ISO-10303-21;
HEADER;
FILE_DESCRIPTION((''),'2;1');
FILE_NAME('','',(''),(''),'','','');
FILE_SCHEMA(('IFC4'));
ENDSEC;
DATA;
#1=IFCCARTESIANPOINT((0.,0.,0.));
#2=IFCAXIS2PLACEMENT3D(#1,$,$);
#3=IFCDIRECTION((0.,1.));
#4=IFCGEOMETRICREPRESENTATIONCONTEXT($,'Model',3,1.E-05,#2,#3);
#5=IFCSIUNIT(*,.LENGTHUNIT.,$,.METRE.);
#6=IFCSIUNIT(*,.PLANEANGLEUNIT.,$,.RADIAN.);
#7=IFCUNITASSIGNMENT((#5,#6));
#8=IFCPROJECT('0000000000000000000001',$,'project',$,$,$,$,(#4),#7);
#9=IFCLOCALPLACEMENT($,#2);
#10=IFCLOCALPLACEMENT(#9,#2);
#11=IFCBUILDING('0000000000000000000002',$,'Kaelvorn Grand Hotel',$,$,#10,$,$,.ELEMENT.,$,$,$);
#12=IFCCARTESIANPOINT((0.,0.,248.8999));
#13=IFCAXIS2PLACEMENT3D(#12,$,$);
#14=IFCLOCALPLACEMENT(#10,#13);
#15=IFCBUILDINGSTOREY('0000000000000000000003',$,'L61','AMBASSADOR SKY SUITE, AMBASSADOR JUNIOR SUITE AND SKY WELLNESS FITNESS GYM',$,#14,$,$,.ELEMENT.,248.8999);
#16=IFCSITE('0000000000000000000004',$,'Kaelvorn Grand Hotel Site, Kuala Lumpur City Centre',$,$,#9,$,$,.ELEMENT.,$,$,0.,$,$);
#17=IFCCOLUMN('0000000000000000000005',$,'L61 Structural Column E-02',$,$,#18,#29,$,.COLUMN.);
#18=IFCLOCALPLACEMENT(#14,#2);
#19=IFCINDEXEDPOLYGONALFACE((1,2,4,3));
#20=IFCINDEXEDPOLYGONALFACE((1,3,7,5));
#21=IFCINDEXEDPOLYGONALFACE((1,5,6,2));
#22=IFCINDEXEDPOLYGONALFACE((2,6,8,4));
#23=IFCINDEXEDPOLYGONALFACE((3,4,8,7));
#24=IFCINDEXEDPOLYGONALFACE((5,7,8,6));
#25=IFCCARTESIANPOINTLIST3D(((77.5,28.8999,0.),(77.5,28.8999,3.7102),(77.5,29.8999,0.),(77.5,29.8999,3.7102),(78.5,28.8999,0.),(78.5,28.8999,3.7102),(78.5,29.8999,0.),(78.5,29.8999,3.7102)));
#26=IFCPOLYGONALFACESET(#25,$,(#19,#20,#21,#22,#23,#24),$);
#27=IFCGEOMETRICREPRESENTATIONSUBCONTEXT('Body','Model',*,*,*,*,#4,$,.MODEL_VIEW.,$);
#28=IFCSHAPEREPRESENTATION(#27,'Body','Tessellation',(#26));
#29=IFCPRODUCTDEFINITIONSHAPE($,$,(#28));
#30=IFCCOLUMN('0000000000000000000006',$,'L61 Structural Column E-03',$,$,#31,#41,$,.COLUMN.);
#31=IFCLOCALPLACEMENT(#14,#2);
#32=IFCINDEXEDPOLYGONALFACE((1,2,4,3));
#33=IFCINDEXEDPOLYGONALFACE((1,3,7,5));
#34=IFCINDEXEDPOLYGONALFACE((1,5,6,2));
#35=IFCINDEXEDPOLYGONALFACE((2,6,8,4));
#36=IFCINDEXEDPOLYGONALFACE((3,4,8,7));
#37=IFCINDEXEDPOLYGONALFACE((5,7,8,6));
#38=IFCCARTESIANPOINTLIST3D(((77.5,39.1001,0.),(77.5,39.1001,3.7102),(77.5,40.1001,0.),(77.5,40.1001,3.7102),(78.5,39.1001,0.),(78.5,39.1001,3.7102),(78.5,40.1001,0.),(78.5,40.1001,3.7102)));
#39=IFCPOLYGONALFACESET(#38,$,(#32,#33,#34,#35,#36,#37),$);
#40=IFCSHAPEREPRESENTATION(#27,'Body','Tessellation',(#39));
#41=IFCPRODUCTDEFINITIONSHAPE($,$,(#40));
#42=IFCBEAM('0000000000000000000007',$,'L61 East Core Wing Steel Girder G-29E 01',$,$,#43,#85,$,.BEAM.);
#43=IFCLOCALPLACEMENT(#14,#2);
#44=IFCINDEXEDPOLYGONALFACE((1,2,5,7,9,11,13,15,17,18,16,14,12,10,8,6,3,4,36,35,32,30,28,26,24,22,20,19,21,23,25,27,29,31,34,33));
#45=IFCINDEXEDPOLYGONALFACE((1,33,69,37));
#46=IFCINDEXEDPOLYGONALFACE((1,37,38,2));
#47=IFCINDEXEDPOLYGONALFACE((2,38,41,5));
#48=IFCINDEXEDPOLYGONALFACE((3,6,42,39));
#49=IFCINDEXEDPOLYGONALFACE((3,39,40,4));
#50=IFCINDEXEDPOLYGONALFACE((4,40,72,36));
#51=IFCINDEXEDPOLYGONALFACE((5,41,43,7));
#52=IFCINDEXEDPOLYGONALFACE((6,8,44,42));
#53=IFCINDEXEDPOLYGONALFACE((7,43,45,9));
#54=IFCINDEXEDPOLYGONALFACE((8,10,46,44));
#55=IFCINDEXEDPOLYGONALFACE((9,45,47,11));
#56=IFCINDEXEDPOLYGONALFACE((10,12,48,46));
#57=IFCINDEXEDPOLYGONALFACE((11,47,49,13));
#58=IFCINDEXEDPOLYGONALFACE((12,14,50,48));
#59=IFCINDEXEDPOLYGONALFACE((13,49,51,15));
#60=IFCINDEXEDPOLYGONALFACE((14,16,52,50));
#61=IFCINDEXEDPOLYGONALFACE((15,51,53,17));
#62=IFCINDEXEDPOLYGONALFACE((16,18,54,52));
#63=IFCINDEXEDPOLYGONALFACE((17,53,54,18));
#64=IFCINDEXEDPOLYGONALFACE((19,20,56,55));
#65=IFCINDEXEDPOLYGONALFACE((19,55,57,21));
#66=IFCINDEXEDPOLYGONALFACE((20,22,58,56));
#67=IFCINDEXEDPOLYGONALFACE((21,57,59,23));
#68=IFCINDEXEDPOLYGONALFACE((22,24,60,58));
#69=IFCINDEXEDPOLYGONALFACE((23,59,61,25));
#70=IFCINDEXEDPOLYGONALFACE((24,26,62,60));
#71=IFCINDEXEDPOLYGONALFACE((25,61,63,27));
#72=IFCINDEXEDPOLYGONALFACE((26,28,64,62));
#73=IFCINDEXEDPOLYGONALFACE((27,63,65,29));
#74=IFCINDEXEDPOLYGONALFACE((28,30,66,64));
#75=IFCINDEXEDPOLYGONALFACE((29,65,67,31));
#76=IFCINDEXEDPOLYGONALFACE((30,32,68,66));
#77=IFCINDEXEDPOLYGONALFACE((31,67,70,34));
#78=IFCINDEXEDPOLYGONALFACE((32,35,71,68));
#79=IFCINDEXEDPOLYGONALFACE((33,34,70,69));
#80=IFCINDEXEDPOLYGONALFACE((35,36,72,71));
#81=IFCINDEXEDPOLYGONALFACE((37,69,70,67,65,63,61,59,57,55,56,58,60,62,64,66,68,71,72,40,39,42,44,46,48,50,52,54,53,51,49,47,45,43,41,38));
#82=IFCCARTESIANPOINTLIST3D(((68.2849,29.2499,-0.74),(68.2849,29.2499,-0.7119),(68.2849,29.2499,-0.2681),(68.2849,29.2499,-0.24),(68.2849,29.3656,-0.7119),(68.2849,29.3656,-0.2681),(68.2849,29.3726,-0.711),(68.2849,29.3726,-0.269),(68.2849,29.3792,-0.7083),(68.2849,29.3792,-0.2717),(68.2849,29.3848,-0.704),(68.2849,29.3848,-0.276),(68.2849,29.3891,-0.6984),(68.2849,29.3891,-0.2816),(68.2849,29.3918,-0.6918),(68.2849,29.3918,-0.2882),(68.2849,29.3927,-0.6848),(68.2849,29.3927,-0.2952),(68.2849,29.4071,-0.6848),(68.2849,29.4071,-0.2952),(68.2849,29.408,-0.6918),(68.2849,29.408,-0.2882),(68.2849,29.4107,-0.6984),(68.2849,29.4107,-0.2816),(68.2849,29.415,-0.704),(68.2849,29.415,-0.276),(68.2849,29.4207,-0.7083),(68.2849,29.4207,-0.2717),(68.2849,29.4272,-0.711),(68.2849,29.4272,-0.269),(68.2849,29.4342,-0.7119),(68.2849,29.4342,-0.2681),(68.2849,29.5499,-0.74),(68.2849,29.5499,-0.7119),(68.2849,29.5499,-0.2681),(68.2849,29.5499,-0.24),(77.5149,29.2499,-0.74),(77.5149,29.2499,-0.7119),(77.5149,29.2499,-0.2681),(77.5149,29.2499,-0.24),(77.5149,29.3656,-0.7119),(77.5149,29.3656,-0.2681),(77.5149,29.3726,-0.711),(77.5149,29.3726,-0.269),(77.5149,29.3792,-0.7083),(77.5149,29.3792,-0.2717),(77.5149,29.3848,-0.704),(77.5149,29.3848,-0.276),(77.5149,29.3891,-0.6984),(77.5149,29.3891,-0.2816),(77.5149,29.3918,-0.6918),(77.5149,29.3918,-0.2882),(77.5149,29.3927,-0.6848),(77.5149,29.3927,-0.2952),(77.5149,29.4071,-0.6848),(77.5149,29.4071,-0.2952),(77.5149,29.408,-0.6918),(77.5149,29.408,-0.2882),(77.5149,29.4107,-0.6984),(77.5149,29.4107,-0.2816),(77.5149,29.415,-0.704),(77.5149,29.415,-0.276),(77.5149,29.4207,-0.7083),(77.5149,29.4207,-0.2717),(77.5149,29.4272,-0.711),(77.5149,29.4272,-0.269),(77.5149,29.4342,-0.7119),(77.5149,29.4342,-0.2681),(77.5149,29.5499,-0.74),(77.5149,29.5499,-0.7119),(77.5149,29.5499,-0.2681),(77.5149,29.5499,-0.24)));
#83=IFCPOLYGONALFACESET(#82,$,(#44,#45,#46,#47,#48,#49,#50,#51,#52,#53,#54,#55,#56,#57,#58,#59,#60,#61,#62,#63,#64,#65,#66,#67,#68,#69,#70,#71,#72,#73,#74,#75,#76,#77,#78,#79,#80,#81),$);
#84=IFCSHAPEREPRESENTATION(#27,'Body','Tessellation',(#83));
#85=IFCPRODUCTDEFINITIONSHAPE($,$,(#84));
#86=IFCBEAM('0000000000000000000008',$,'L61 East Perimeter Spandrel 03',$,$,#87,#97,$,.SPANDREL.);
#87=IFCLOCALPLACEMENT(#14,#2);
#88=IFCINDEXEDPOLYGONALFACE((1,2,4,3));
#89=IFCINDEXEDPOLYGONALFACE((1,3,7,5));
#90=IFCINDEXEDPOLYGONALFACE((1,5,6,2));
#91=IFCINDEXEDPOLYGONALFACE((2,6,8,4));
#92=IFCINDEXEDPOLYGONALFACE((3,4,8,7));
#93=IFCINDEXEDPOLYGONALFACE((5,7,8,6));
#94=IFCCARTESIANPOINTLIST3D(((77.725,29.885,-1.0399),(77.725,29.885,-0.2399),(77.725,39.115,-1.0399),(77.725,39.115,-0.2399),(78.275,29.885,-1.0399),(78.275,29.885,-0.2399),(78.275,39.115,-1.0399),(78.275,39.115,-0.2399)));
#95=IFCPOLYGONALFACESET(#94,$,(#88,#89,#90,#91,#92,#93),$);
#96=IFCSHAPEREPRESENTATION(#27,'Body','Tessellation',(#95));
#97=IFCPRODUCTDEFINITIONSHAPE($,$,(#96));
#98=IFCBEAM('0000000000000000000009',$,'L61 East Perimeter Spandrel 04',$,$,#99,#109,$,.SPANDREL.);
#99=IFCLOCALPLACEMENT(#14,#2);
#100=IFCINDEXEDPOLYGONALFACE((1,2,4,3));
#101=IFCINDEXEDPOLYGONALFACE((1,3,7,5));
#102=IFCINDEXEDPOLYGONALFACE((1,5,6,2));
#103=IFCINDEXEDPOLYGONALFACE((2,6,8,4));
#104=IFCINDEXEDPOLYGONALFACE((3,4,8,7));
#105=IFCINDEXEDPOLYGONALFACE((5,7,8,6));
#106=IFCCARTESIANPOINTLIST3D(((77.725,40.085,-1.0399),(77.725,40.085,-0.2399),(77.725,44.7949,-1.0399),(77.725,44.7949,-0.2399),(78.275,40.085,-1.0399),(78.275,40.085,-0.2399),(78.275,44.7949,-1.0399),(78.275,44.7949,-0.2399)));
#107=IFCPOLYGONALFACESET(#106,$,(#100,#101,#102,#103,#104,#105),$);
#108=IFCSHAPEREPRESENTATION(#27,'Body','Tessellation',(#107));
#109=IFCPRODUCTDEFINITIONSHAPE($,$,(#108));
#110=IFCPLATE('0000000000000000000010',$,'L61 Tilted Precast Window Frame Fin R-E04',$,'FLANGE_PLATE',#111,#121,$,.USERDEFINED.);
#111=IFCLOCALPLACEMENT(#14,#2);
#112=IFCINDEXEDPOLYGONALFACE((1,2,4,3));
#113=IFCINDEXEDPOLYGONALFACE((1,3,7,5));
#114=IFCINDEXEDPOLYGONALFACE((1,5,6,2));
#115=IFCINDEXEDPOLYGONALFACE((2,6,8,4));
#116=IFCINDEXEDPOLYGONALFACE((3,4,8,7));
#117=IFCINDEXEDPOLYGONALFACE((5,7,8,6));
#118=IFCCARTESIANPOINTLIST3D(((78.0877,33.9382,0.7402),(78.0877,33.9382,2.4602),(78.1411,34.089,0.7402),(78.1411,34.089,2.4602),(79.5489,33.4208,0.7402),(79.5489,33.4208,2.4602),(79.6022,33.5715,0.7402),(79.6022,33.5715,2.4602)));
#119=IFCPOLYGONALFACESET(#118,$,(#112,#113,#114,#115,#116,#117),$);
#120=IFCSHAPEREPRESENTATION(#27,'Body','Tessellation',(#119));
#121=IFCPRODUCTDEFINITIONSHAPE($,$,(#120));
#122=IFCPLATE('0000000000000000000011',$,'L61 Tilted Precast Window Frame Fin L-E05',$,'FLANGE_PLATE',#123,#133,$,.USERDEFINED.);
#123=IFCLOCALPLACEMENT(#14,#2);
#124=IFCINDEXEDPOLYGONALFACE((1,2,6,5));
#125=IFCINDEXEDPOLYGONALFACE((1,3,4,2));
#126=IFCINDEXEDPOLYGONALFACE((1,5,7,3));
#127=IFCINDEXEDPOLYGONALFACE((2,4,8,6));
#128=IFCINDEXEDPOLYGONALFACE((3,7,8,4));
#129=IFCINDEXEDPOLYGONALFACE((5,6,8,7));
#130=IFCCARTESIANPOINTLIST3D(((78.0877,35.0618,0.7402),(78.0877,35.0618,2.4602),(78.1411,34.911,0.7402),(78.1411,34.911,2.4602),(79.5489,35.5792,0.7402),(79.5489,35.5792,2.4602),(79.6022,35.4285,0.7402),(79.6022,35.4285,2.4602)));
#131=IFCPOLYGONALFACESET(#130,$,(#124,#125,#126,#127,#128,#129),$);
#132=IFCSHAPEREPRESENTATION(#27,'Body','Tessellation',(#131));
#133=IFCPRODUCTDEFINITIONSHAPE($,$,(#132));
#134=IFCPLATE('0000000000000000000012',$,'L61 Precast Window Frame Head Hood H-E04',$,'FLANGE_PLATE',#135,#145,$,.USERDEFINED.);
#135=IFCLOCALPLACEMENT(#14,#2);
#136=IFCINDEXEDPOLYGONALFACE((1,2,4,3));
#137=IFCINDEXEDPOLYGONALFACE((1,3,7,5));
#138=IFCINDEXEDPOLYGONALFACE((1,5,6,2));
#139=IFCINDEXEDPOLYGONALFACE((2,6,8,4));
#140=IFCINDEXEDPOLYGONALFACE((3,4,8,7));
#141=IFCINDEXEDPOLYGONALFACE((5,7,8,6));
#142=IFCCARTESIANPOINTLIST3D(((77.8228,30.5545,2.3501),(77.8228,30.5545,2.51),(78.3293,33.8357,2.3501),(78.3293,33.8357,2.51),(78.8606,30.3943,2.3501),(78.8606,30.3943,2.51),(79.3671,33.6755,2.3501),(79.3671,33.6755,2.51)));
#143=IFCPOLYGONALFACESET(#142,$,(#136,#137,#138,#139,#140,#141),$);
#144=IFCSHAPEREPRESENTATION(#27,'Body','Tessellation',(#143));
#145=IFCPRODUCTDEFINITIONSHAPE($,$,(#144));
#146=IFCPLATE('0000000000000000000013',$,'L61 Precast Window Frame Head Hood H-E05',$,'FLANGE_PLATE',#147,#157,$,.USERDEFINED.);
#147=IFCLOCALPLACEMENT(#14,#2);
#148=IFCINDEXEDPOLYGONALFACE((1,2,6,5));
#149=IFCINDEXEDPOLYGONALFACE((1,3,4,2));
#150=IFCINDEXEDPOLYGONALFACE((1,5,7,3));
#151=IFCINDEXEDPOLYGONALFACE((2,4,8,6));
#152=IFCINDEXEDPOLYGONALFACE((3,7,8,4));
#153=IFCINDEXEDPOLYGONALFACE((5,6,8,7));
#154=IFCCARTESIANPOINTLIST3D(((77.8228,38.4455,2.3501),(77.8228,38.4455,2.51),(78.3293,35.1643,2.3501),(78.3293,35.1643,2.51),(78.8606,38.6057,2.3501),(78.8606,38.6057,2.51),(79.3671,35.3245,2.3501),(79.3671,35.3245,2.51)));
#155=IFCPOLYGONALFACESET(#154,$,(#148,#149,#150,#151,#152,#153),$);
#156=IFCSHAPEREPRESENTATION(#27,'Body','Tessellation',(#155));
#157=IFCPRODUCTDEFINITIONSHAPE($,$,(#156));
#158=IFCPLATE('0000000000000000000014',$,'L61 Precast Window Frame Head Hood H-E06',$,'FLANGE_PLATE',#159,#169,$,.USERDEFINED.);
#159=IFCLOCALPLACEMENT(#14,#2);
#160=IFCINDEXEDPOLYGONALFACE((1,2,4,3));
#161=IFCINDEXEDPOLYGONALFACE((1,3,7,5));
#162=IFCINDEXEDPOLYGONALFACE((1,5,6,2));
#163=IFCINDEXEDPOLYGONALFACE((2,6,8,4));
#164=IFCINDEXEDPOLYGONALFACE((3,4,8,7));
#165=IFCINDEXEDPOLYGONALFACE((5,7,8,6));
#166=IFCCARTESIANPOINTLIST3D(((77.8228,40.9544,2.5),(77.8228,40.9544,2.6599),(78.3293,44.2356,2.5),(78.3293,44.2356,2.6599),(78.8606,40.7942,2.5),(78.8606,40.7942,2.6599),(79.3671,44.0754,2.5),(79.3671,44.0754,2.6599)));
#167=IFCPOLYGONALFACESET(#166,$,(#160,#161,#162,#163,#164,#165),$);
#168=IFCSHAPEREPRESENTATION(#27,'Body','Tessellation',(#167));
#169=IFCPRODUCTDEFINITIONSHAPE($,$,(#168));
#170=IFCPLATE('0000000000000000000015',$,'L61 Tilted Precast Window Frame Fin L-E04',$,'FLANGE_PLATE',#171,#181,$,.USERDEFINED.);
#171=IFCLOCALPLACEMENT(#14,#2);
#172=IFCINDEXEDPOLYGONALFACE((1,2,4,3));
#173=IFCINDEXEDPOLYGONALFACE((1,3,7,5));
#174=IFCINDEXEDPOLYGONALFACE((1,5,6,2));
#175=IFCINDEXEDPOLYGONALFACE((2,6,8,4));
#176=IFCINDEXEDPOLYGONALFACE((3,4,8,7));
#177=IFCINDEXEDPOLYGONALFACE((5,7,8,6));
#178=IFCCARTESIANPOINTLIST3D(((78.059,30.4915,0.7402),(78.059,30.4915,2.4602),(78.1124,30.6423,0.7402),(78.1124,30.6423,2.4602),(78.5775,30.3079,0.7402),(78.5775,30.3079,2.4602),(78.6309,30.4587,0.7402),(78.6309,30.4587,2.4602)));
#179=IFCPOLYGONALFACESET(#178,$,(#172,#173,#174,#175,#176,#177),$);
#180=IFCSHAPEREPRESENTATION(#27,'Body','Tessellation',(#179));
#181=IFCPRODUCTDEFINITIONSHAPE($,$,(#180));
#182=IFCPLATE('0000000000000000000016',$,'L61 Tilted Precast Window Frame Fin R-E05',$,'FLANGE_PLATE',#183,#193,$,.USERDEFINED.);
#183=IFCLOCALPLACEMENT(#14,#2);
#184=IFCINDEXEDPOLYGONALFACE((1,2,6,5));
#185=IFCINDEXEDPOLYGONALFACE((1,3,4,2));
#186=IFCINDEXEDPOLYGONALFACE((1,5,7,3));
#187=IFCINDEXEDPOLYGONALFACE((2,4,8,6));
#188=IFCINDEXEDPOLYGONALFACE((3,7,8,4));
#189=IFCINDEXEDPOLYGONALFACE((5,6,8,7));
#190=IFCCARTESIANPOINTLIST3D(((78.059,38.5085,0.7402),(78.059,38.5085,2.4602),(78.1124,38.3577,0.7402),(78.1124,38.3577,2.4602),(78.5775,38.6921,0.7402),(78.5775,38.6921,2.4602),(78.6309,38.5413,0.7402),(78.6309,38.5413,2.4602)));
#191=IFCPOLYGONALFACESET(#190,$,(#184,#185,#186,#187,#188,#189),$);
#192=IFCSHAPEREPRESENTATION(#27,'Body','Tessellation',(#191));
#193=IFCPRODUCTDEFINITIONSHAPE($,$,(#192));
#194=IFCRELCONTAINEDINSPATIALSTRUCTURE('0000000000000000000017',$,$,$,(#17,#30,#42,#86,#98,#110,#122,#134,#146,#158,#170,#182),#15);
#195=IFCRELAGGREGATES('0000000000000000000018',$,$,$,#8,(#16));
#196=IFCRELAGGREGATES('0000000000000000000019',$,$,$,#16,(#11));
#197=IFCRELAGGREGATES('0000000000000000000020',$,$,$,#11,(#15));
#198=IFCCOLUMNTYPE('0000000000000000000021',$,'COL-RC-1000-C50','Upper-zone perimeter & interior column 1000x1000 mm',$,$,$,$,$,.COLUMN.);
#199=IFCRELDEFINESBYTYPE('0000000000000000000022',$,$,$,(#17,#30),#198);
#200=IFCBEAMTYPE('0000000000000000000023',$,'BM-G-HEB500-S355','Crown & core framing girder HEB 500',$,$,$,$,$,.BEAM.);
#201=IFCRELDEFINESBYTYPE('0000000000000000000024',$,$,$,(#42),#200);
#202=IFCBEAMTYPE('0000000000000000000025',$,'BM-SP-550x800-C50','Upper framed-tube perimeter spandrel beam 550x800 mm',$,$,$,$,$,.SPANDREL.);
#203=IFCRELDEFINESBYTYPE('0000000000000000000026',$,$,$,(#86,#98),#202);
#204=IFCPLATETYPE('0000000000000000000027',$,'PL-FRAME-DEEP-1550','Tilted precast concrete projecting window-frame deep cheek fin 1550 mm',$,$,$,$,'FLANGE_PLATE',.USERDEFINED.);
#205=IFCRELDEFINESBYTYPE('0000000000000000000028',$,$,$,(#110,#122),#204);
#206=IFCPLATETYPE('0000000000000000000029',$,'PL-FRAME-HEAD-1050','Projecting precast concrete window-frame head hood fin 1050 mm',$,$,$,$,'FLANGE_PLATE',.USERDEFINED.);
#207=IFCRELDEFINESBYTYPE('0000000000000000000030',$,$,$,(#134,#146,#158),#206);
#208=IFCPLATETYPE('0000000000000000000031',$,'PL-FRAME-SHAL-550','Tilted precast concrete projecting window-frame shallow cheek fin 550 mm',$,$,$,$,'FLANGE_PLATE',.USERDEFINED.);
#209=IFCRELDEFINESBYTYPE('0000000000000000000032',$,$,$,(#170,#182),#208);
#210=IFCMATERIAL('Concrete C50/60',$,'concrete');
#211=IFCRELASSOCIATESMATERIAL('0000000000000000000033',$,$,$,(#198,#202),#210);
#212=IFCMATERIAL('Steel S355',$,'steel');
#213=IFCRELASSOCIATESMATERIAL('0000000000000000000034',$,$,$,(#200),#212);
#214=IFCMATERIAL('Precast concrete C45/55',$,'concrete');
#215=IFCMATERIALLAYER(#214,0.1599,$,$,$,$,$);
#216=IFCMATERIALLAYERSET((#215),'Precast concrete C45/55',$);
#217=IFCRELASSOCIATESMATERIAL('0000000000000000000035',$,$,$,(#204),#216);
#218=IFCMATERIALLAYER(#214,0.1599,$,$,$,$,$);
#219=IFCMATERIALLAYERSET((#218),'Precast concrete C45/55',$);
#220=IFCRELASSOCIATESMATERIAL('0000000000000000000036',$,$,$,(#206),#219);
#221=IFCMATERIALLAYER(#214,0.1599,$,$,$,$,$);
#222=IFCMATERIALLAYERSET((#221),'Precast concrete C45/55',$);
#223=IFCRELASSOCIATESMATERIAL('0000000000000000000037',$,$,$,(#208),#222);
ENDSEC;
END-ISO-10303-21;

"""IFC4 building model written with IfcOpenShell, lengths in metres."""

from ifc_helpers import new_model, si_unit, direction, frame, origin, origin_2d, place, context, subcontext, project, spatial, rectangle, i_section, extrude, material, layer, layer_set, material_profile, profile_set, type_object, element, save


model = new_model("IFC4")

# Units and contexts
model_context = context("Model", 3, precision=1e-05, world=origin(), true_north=direction((0.0, 1.0)))
body_context = subcontext(model_context, "Body", "Model", "MODEL_VIEW")
ifc_project = project(units=[si_unit("LENGTHUNIT", "METRE"), si_unit("PLANEANGLEUNIT", "RADIAN")], contexts=[model_context])

# Site, building, storey
site_placement = place(None, origin())
site = spatial("IfcSite", under=ifc_project, at=site_placement, Name="Kaelvorn Grand Hotel Site, Kuala Lumpur City Centre", CompositionType="ELEMENT", RefElevation=0.0)
building_placement = place(site_placement, origin())
building = spatial("IfcBuilding", under=site, at=building_placement, Name="Kaelvorn Grand Hotel", CompositionType="ELEMENT")
storey_placement = place(building_placement, frame((0.0, 0.0, 248.8999)))
storey = spatial("IfcBuildingStorey", under=building, at=storey_placement, Name="L61", Description="AMBASSADOR SKY SUITE, AMBASSADOR JUNIOR SUITE AND SKY WELLNESS FITNESS GYM", CompositionType="ELEMENT", Elevation=248.8999)

# Columns
ifc_material_1 = material(Name="Concrete C50/60", Category="concrete")
ifc_material_profile_1 = material_profile(ifc_material_1, rectangle(XDim=1.0, YDim=1.0, at=origin_2d()), Name="RC COL 1000x1000")
ifc_profile_set_1 = profile_set([ifc_material_profile_1], Name="Concrete C50/60")
column_type = type_object("IfcColumnType", Name="COL-RC-1000-C50", Description="Upper-zone perimeter & interior column 1000x1000 mm", PredefinedType="COLUMN", material=ifc_profile_set_1)
for number, where, z_axis, x_axis, name in (
    (1, (78.0, 29.3999, 0.0), (0.0, 0.0, 1.0), (1.0, 0.0, 0.0), "L61 Structural Column E-02"),
    (2, (78.0, 39.6001, 0.0), (0.0, 0.0, 1.0), (1.0, 0.0, 0.0), "L61 Structural Column E-03"),
):
    element("IfcColumn", number, at=place(storey_placement, frame(where, z_axis=z_axis, x_axis=x_axis)), inside=storey, type_object=column_type, Name=name, PredefinedType="COLUMN", context=body_context, shape_type="SweptSolid", body=[
        extrude(rectangle(XDim=1.0, YDim=1.0, at=origin_2d()), origin(), (0.0, 0.0, 1.0), 3.7102),
    ])

# Beams
ifc_material_2 = material(Name="Steel S355", Category="steel")
ifc_material_profile_2 = material_profile(ifc_material_2, i_section(OverallWidth=0.3, OverallDepth=0.5, WebThickness=0.0144, FlangeThickness=0.0281, FilletRadius=0.0271, at=origin_2d()), Name="HEB 500")
ifc_profile_set_2 = profile_set([ifc_material_profile_2], Name="Steel S355")
beam_type_1 = type_object("IfcBeamType", Name="BM-G-HEB500-S355", Description="Crown & core framing girder HEB 500", PredefinedType="BEAM", material=ifc_profile_set_2)
beam_1_placement = place(storey_placement, frame((68.2849, 29.3999, -0.49), z_axis=(1.0, 0.0, 0.0), x_axis=(0.0, 1.0, 0.0)))
element("IfcBeam", 3, at=beam_1_placement, inside=storey, type_object=beam_type_1, Name="L61 East Core Wing Steel Girder G-29E 01", PredefinedType="BEAM", context=body_context, shape_type="SweptSolid", body=[
    extrude(i_section(OverallWidth=0.3, OverallDepth=0.5, WebThickness=0.0144, FlangeThickness=0.0281, FilletRadius=0.0271, at=origin_2d()), origin(), (0.0, 0.0, 1.0), 9.23),
])
ifc_material_profile_3 = material_profile(ifc_material_1, rectangle(XDim=0.55, YDim=0.8, at=origin_2d()), Name="RC SPANDREL 550x800")
ifc_profile_set_3 = profile_set([ifc_material_profile_3], Name="Concrete C50/60")
beam_type_2 = type_object("IfcBeamType", Name="BM-SP-550x800-C50", Description="Upper framed-tube perimeter spandrel beam 550x800 mm", PredefinedType="SPANDREL", material=ifc_profile_set_3)
beam_2_placement = place(storey_placement, frame((78.0, 29.885, -0.6399), z_axis=(0.0, 1.0, 0.0), x_axis=(-1.0, 0.0, 0.0)))
element("IfcBeam", 4, at=beam_2_placement, inside=storey, type_object=beam_type_2, Name="L61 East Perimeter Spandrel 03", PredefinedType="SPANDREL", context=body_context, shape_type="SweptSolid", body=[
    extrude(rectangle(XDim=0.55, YDim=0.8, at=origin_2d()), origin(), (0.0, 0.0, 1.0), 9.23),
])
beam_3_placement = place(storey_placement, frame((78.0, 40.085, -0.6399), z_axis=(0.0, 1.0, 0.0), x_axis=(-1.0, 0.0, 0.0)))
element("IfcBeam", 5, at=beam_3_placement, inside=storey, type_object=beam_type_2, Name="L61 East Perimeter Spandrel 04", PredefinedType="SPANDREL", context=body_context, shape_type="SweptSolid", body=[
    extrude(rectangle(XDim=0.55, YDim=0.8, at=origin_2d()), origin(), (0.0, 0.0, 1.0), 4.71),
])

# Plates
ifc_material_3 = material(Name="Precast concrete C45/55", Category="concrete")
ifc_layer_1 = layer(ifc_material_3, 0.1599)
ifc_layer_set_1 = layer_set([ifc_layer_1], Name="Precast concrete C45/55")
plate_type_1 = type_object("IfcPlateType", Name="PL-FRAME-DEEP-1550", Description="Tilted precast concrete projecting window-frame deep cheek fin 1550 mm", ElementType="FLANGE_PLATE", PredefinedType="USERDEFINED", material=ifc_layer_set_1)
for number, where, z_axis, x_axis, name in (
    (6, (78.845, 33.7549, 0.7402), (0.0, 0.0, 1.0), (0.333807, 0.942641, 0.0), "L61 Tilted Precast Window Frame Fin R-E04"),
    (7, (78.845, 35.2451, 0.7402), (0.0, 0.0, 1.0), (-0.333807, 0.942641, 0.0), "L61 Tilted Precast Window Frame Fin L-E05"),
):
    element("IfcPlate", number, at=place(storey_placement, frame(where, z_axis=z_axis, x_axis=x_axis)), inside=storey, type_object=plate_type_1, Name=name, ObjectType="FLANGE_PLATE", PredefinedType="USERDEFINED", context=body_context, shape_type="SweptSolid", body=[
        extrude(rectangle(XDim=0.1599, YDim=1.55, at=origin_2d()), origin(), (0.0, 0.0, 1.0), 1.72),
    ])
ifc_layer_2 = layer(ifc_material_3, 0.1599)
ifc_layer_set_2 = layer_set([ifc_layer_2], Name="Precast concrete C45/55")
plate_type_2 = type_object("IfcPlateType", Name="PL-FRAME-HEAD-1050", Description="Projecting precast concrete window-frame head hood fin 1050 mm", ElementType="FLANGE_PLATE", PredefinedType="USERDEFINED", material=ifc_layer_set_2)
for number, where, z_axis, x_axis, name in (
    (8, (78.595, 32.115, 2.3501), (0.0, 0.0, 1.0), (0.152555, 0.988295, 0.0), "L61 Precast Window Frame Head Hood H-E04"),
    (9, (78.595, 36.885, 2.3501), (0.0, 0.0, 1.0), (-0.152555, 0.988295, 0.0), "L61 Precast Window Frame Head Hood H-E05"),
    (10, (78.595, 42.5149, 2.5), (0.0, 0.0, 1.0), (0.152555, 0.988295, 0.0), "L61 Precast Window Frame Head Hood H-E06"),
):
    element("IfcPlate", number, at=place(storey_placement, frame(where, z_axis=z_axis, x_axis=x_axis)), inside=storey, type_object=plate_type_2, Name=name, ObjectType="FLANGE_PLATE", PredefinedType="USERDEFINED", context=body_context, shape_type="SweptSolid", body=[
        extrude(rectangle(XDim=3.3201, YDim=1.05, at=origin_2d()), origin(), (0.0, 0.0, 1.0), 0.1599),
    ])
ifc_layer_3 = layer(ifc_material_3, 0.1599)
ifc_layer_set_3 = layer_set([ifc_layer_3], Name="Precast concrete C45/55")
plate_type_3 = type_object("IfcPlateType", Name="PL-FRAME-SHAL-550", Description="Tilted precast concrete projecting window-frame shallow cheek fin 550 mm", ElementType="FLANGE_PLATE", PredefinedType="USERDEFINED", material=ifc_layer_set_3)
for number, where, z_axis, x_axis, name in (
    (11, (78.345, 30.4751, 0.7402), (0.0, 0.0, 1.0), (0.333807, 0.942641, 0.0), "L61 Tilted Precast Window Frame Fin L-E04"),
    (12, (78.345, 38.5249, 0.7402), (0.0, 0.0, 1.0), (-0.333807, 0.942641, 0.0), "L61 Tilted Precast Window Frame Fin R-E05"),
):
    element("IfcPlate", number, at=place(storey_placement, frame(where, z_axis=z_axis, x_axis=x_axis)), inside=storey, type_object=plate_type_3, Name=name, ObjectType="FLANGE_PLATE", PredefinedType="USERDEFINED", context=body_context, shape_type="SweptSolid", body=[
        extrude(rectangle(XDim=0.1599, YDim=0.55, at=origin_2d()), origin(), (0.0, 0.0, 1.0), 1.72),
    ])

save(model, "model.ifc")
